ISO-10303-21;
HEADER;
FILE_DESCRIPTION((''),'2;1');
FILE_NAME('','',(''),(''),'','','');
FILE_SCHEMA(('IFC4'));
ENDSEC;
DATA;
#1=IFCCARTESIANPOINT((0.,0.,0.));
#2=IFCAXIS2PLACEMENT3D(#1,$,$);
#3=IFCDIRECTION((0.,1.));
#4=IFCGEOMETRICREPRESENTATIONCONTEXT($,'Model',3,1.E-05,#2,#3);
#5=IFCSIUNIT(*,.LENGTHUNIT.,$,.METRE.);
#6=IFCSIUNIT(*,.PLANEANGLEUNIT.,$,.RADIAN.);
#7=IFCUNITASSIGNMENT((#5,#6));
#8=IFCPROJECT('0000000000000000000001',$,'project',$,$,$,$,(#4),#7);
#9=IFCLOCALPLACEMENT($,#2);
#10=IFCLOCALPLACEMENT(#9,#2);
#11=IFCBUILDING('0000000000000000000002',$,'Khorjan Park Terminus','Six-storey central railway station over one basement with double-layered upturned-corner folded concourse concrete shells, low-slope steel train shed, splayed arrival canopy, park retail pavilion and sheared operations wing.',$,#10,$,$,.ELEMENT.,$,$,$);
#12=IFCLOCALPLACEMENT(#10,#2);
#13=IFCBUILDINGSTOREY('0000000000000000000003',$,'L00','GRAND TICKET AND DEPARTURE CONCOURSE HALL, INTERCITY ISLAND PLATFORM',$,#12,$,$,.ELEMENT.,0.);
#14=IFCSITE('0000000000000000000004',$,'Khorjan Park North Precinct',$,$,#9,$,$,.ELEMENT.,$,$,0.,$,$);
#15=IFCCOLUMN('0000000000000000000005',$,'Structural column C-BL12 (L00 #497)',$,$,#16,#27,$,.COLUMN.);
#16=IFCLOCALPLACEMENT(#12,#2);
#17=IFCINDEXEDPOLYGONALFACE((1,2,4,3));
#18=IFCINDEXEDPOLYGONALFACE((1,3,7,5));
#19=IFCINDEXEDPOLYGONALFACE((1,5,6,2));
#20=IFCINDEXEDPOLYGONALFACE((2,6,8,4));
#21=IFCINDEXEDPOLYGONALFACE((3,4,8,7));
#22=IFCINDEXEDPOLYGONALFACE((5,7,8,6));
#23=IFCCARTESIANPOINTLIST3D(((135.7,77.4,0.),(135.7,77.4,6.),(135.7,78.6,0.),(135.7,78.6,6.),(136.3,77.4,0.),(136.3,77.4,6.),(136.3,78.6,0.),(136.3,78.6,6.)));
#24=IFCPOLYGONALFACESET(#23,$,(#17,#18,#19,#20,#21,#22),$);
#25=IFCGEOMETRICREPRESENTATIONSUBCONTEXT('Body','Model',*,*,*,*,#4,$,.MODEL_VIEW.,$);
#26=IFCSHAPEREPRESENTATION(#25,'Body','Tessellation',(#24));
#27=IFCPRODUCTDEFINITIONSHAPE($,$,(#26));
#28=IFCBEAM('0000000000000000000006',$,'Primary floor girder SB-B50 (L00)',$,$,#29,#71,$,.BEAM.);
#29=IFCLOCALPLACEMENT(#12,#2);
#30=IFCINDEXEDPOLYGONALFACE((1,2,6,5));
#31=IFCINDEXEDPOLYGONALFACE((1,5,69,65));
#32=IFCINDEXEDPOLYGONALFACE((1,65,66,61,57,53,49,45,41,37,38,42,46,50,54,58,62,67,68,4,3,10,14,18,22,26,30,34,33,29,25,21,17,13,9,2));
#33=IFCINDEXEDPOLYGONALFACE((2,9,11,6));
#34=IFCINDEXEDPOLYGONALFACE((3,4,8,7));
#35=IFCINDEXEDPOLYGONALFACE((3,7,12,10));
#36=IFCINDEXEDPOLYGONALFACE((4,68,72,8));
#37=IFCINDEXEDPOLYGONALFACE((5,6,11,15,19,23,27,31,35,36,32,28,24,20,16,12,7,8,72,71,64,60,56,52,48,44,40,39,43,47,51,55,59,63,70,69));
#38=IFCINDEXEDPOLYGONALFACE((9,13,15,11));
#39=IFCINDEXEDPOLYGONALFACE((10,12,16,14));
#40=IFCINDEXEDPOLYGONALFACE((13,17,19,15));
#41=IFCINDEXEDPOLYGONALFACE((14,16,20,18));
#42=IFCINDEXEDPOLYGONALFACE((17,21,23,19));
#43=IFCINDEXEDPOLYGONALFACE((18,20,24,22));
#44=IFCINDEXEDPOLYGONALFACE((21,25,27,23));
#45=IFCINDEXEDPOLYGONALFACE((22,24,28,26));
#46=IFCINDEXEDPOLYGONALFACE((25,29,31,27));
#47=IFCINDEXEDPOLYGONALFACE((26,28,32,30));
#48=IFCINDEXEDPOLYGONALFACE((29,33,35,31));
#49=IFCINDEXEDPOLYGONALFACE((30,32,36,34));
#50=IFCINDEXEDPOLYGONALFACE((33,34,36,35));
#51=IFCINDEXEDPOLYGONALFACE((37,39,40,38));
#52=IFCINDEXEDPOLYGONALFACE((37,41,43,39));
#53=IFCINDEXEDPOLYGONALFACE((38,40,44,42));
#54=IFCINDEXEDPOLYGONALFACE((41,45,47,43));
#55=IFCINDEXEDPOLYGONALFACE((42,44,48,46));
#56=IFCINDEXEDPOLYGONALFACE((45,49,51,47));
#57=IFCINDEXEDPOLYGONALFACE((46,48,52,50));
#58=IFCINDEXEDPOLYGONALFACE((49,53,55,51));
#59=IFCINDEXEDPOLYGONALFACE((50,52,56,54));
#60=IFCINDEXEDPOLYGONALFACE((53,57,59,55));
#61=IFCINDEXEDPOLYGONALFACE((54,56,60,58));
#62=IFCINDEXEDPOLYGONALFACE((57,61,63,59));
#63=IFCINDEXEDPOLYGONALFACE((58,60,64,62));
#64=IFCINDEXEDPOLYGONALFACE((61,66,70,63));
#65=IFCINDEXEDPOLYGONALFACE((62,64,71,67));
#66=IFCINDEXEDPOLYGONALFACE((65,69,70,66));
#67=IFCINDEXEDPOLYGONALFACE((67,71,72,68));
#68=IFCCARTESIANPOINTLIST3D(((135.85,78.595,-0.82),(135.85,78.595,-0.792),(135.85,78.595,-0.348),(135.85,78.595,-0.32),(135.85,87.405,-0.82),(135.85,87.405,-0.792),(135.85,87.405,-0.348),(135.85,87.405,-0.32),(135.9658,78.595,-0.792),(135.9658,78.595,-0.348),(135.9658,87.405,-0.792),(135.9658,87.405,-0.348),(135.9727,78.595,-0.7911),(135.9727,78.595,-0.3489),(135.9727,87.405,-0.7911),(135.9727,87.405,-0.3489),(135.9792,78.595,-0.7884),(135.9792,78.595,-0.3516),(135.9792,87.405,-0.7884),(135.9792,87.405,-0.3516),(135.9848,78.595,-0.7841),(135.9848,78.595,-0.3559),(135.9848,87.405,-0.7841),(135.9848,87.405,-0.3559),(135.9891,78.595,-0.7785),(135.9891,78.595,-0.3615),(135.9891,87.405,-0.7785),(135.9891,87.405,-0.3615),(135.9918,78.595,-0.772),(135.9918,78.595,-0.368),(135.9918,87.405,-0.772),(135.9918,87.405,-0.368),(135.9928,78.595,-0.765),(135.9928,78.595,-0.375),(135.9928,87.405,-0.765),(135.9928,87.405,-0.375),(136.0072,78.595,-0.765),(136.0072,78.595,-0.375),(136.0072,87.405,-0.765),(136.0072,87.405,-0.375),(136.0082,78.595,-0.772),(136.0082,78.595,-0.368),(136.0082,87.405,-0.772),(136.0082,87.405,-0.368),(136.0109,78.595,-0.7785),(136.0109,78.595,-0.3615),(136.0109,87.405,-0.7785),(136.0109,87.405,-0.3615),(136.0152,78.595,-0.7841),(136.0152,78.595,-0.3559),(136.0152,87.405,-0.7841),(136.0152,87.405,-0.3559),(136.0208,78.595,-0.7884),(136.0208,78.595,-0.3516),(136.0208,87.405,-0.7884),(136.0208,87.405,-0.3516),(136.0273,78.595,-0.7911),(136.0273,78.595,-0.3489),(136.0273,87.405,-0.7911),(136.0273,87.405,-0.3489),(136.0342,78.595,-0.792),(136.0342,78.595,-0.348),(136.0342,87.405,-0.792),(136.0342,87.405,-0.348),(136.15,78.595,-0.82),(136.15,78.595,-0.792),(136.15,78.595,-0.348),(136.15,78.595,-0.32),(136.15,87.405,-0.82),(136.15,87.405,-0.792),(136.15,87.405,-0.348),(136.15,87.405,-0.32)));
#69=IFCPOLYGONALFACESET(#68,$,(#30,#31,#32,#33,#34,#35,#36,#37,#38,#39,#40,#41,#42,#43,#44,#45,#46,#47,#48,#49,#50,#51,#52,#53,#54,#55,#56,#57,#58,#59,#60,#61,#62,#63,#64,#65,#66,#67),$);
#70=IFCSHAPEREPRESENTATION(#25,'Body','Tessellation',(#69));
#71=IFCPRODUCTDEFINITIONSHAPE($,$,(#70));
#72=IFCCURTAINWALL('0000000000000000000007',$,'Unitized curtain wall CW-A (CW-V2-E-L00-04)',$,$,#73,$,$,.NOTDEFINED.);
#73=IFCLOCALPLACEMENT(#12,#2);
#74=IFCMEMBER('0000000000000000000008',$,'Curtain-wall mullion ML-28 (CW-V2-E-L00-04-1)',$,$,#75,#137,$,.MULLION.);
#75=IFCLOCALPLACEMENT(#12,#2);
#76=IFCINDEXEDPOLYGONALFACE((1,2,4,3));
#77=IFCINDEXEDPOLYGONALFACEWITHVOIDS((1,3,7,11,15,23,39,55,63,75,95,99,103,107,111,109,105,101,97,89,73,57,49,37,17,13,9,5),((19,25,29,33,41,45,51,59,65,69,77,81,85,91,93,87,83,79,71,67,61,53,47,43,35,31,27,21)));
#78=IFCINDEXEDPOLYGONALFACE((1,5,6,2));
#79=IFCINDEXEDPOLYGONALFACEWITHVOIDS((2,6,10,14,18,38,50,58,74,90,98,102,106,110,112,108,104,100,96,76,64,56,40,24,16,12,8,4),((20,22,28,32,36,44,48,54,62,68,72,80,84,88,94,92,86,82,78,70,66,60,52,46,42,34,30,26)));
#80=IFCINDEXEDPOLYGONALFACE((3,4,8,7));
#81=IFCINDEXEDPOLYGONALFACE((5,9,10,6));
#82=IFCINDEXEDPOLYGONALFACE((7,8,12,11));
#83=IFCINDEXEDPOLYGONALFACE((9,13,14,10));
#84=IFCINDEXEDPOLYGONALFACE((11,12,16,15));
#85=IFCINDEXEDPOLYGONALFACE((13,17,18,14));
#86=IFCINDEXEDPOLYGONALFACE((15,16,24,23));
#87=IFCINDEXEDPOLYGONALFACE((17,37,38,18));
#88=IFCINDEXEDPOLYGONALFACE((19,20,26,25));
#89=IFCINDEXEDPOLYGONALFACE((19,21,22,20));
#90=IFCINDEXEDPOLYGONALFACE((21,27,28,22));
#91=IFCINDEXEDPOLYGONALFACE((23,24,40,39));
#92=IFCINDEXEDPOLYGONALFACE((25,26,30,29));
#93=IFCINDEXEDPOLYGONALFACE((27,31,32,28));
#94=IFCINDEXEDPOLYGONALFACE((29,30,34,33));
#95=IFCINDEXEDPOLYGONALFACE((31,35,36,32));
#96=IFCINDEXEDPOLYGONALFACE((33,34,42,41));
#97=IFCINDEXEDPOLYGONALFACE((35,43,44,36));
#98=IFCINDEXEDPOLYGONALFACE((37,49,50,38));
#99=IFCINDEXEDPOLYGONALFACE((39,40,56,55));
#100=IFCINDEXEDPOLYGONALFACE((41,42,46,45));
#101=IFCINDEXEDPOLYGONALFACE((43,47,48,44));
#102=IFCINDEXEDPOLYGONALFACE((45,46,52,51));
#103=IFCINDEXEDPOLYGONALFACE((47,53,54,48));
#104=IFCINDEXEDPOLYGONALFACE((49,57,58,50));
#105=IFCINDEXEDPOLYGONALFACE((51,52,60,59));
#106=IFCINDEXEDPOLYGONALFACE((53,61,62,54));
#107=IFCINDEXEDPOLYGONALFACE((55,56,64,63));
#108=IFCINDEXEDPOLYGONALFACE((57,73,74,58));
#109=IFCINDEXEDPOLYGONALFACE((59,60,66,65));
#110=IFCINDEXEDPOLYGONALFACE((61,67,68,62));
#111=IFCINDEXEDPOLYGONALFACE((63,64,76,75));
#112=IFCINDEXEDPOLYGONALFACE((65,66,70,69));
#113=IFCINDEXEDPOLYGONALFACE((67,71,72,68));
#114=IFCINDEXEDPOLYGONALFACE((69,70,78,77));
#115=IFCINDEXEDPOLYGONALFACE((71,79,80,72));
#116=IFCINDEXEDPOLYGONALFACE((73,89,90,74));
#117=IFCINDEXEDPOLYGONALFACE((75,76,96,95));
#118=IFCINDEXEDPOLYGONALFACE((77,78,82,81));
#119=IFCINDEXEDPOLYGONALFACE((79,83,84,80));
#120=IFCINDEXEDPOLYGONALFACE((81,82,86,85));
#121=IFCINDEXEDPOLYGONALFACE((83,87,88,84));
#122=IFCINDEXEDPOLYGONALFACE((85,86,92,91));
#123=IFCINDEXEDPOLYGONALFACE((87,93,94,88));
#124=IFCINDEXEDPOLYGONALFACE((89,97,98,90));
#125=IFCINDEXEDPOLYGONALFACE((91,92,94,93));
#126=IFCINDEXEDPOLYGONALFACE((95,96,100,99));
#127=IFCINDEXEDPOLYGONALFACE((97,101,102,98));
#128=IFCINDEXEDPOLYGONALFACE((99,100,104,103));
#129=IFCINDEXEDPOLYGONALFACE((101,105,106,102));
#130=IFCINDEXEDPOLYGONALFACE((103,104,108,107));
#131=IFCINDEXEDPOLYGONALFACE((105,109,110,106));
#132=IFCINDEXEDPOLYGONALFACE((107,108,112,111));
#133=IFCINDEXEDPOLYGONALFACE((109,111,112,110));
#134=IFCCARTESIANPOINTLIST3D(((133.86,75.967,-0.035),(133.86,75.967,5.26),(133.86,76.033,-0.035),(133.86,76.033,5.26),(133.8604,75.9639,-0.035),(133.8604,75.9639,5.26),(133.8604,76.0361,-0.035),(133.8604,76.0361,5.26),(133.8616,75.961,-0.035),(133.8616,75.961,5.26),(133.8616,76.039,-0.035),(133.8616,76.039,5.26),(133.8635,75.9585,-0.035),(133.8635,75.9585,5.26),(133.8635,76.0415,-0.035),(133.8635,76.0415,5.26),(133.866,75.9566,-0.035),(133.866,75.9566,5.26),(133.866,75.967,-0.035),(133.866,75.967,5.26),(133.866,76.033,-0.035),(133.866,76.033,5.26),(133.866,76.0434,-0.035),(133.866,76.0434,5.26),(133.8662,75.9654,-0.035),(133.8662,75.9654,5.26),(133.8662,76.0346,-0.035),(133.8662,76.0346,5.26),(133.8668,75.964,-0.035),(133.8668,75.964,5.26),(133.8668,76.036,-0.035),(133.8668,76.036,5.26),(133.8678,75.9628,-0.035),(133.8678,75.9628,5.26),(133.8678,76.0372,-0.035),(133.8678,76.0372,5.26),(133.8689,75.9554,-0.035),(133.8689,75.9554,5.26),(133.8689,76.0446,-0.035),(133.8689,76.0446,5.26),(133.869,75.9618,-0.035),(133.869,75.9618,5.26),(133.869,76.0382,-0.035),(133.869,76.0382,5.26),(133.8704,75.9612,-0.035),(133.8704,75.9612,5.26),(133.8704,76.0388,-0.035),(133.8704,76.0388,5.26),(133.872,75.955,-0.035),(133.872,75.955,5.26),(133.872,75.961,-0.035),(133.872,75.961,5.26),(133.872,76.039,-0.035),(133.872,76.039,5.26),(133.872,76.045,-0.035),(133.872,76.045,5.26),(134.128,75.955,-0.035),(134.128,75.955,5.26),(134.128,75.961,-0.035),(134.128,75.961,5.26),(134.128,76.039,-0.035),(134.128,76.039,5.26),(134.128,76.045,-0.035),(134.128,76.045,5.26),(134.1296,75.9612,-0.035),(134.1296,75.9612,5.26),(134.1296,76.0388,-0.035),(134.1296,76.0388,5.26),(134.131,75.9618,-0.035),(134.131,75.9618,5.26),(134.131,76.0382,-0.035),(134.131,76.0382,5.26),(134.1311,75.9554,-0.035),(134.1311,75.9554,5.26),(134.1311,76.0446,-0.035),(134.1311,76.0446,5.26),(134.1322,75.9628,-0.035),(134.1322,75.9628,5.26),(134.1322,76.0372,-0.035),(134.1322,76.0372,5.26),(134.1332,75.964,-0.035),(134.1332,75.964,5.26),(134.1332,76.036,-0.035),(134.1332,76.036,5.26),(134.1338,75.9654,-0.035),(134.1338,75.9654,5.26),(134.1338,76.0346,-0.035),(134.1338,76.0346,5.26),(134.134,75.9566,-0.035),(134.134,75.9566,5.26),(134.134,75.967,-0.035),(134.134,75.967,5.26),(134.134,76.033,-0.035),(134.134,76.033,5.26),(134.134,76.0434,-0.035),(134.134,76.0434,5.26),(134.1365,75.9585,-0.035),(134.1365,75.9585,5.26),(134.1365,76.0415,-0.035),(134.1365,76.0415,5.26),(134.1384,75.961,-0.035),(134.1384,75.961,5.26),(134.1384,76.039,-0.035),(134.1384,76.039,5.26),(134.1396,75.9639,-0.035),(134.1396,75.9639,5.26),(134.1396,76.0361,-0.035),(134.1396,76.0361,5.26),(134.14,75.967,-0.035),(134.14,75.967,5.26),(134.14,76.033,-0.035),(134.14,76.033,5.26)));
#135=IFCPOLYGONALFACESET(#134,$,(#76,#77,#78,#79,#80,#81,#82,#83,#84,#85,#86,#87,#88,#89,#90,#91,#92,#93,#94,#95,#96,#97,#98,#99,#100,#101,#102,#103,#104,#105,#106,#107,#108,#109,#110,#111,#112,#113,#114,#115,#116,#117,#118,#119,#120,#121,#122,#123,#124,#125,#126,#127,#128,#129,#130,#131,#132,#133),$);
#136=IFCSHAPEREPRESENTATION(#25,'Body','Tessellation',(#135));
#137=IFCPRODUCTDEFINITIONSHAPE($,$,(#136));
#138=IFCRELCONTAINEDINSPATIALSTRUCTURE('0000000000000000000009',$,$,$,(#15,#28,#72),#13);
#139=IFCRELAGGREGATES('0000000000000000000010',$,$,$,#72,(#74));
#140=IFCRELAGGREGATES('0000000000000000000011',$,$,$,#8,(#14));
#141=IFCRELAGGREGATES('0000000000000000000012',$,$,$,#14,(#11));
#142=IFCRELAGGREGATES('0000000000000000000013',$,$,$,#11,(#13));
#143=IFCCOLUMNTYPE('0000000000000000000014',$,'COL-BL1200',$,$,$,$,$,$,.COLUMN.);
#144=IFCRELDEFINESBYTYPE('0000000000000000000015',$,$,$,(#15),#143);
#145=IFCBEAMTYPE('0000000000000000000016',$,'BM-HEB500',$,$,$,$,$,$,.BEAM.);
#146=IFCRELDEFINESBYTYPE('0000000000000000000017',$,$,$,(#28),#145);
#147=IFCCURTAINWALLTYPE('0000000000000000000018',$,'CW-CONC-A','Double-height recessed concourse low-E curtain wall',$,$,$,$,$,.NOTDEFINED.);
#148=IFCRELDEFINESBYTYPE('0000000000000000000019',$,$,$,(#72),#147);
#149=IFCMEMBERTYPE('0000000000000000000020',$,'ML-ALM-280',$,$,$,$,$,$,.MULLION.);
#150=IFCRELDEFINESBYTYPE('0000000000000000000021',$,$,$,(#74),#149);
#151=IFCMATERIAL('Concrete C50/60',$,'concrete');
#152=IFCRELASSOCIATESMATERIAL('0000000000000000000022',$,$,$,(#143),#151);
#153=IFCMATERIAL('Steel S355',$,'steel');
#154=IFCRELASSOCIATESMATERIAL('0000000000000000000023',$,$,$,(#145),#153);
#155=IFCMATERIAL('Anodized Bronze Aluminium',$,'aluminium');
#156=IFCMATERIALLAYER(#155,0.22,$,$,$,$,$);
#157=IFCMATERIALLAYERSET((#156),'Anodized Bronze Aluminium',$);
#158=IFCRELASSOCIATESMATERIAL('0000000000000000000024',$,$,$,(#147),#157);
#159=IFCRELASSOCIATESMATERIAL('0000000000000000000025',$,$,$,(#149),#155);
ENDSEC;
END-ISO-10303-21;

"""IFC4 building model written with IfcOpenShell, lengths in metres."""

from ifc_helpers import new_model, si_unit, direction, frame, origin, origin_2d, place, context, subcontext, project, spatial, rectangle, hollow_rectangle, i_section, extrude, material, layer, layer_set, material_profile, profile_set, type_object, element, aggregate, save


model = new_model("IFC4")

# Units and contexts
model_context = context("Model", 3, precision=1e-05, world=origin(), true_north=direction((0.0, 1.0)))
body_context = subcontext(model_context, "Body", "Model", "MODEL_VIEW")
ifc_project = project(units=[si_unit("LENGTHUNIT", "METRE"), si_unit("PLANEANGLEUNIT", "RADIAN")], contexts=[model_context])

# Site, building, storey
site_placement = place(None, origin())
site = spatial("IfcSite", under=ifc_project, at=site_placement, Name="Khorjan Park North Precinct", CompositionType="ELEMENT", RefElevation=0.0)
building_placement = place(site_placement, origin())
building = spatial("IfcBuilding", under=site, at=building_placement, Name="Khorjan Park Terminus", Description="Six-storey central railway station over one basement with double-layered upturned-corner folded concourse concrete shells, low-slope steel train shed, splayed arrival canopy, park retail pavilion and sheared operations wing.", CompositionType="ELEMENT")
storey_placement = place(building_placement, origin())
storey = spatial("IfcBuildingStorey", under=building, at=storey_placement, Name="L00", Description="GRAND TICKET AND DEPARTURE CONCOURSE HALL, INTERCITY ISLAND PLATFORM", CompositionType="ELEMENT", Elevation=0.0)

# Column
ifc_material_1 = material(Name="Concrete C50/60", Category="concrete")
ifc_material_profile_1 = material_profile(ifc_material_1, rectangle(XDim=0.6, YDim=1.2, at=origin_2d()), Name="RC 600x1200")
ifc_profile_set_1 = profile_set([ifc_material_profile_1], Name="Concrete C50/60")
column_type = type_object("IfcColumnType", Name="COL-BL1200", PredefinedType="COLUMN", material=ifc_profile_set_1)
column_placement = place(storey_placement, frame((136.0, 78.0, 0.0), z_axis=(0.0, 0.0, 1.0), x_axis=(1.0, 0.0, 0.0)))
element("IfcColumn", 1, at=column_placement, inside=storey, type_object=column_type, Name="Structural column C-BL12 (L00 #497)", PredefinedType="COLUMN", context=body_context, shape_type="SweptSolid", body=[
    extrude(rectangle(XDim=0.6, YDim=1.2, at=origin_2d()), origin(), (0.0, 0.0, 1.0), 6.0),
])

# Beam
ifc_material_2 = material(Name="Steel S355", Category="steel")
ifc_material_profile_2 = material_profile(ifc_material_2, i_section(OverallWidth=0.3, OverallDepth=0.5, WebThickness=0.0145, FlangeThickness=0.028, FilletRadius=0.027, at=origin_2d()), Name="HEB 500")
ifc_profile_set_2 = profile_set([ifc_material_profile_2], Name="Steel S355")
beam_type = type_object("IfcBeamType", Name="BM-HEB500", PredefinedType="BEAM", material=ifc_profile_set_2)
beam_placement = place(storey_placement, frame((136.0, 78.595, -0.57), z_axis=(0.0, 1.0, 0.0), x_axis=(-1.0, 0.0, 0.0)))
element("IfcBeam", 2, at=beam_placement, inside=storey, type_object=beam_type, Name="Primary floor girder SB-B50 (L00)", PredefinedType="BEAM", context=body_context, shape_type="SweptSolid", body=[
    extrude(i_section(OverallWidth=0.3, OverallDepth=0.5, WebThickness=0.0145, FlangeThickness=0.028, FilletRadius=0.027, at=origin_2d()), origin(), (0.0, 0.0, 1.0), 8.81),
])

# Curtain wall, member
ifc_material_3 = material(Name="Anodized Bronze Aluminium", Category="aluminium")
ifc_layer_1 = layer(ifc_material_3, 0.22)
ifc_layer_set_1 = layer_set([ifc_layer_1], Name="Anodized Bronze Aluminium")
curtain_wall_type = type_object("IfcCurtainWallType", Name="CW-CONC-A", Description="Double-height recessed concourse low-E curtain wall", PredefinedType="NOTDEFINED", material=ifc_layer_set_1)
curtain_wall_placement = place(storey_placement, origin())
curtain_wall = element("IfcCurtainWall", 3, at=curtain_wall_placement, inside=storey, type_object=curtain_wall_type, Name="Unitized curtain wall CW-A (CW-V2-E-L00-04)", PredefinedType="NOTDEFINED")
ifc_material_profile_3 = material_profile(ifc_material_3, hollow_rectangle(XDim=0.09, YDim=0.28, WallThickness=0.006, InnerFilletRadius=0.006, OuterFilletRadius=0.012, at=origin_2d()), Name="ALM 90x280x6")
ifc_profile_set_3 = profile_set([ifc_material_profile_3], Name="Anodized Bronze Aluminium")
member_type_1 = type_object("IfcMemberType", Name="ML-ALM-280", PredefinedType="MULLION", material=ifc_profile_set_3)
member_1_placement = place(storey_placement, frame((134.0, 76.0, -0.035), z_axis=(0.0, 0.0, 1.0), x_axis=(0.0, 1.0, 0.0)))
member_1 = element("IfcMember", 4, at=member_1_placement, type_object=member_type_1, Name="Curtain-wall mullion ML-28 (CW-V2-E-L00-04-1)", PredefinedType="MULLION", context=body_context, shape_type="SweptSolid", body=[
    extrude(hollow_rectangle(XDim=0.09, YDim=0.28, WallThickness=0.006, InnerFilletRadius=0.006, OuterFilletRadius=0.012, at=origin_2d()), origin(), (0.0, 0.0, 1.0), 5.295),
])
aggregate(curtain_wall, [member_1])

save(model, "model.ifc")
